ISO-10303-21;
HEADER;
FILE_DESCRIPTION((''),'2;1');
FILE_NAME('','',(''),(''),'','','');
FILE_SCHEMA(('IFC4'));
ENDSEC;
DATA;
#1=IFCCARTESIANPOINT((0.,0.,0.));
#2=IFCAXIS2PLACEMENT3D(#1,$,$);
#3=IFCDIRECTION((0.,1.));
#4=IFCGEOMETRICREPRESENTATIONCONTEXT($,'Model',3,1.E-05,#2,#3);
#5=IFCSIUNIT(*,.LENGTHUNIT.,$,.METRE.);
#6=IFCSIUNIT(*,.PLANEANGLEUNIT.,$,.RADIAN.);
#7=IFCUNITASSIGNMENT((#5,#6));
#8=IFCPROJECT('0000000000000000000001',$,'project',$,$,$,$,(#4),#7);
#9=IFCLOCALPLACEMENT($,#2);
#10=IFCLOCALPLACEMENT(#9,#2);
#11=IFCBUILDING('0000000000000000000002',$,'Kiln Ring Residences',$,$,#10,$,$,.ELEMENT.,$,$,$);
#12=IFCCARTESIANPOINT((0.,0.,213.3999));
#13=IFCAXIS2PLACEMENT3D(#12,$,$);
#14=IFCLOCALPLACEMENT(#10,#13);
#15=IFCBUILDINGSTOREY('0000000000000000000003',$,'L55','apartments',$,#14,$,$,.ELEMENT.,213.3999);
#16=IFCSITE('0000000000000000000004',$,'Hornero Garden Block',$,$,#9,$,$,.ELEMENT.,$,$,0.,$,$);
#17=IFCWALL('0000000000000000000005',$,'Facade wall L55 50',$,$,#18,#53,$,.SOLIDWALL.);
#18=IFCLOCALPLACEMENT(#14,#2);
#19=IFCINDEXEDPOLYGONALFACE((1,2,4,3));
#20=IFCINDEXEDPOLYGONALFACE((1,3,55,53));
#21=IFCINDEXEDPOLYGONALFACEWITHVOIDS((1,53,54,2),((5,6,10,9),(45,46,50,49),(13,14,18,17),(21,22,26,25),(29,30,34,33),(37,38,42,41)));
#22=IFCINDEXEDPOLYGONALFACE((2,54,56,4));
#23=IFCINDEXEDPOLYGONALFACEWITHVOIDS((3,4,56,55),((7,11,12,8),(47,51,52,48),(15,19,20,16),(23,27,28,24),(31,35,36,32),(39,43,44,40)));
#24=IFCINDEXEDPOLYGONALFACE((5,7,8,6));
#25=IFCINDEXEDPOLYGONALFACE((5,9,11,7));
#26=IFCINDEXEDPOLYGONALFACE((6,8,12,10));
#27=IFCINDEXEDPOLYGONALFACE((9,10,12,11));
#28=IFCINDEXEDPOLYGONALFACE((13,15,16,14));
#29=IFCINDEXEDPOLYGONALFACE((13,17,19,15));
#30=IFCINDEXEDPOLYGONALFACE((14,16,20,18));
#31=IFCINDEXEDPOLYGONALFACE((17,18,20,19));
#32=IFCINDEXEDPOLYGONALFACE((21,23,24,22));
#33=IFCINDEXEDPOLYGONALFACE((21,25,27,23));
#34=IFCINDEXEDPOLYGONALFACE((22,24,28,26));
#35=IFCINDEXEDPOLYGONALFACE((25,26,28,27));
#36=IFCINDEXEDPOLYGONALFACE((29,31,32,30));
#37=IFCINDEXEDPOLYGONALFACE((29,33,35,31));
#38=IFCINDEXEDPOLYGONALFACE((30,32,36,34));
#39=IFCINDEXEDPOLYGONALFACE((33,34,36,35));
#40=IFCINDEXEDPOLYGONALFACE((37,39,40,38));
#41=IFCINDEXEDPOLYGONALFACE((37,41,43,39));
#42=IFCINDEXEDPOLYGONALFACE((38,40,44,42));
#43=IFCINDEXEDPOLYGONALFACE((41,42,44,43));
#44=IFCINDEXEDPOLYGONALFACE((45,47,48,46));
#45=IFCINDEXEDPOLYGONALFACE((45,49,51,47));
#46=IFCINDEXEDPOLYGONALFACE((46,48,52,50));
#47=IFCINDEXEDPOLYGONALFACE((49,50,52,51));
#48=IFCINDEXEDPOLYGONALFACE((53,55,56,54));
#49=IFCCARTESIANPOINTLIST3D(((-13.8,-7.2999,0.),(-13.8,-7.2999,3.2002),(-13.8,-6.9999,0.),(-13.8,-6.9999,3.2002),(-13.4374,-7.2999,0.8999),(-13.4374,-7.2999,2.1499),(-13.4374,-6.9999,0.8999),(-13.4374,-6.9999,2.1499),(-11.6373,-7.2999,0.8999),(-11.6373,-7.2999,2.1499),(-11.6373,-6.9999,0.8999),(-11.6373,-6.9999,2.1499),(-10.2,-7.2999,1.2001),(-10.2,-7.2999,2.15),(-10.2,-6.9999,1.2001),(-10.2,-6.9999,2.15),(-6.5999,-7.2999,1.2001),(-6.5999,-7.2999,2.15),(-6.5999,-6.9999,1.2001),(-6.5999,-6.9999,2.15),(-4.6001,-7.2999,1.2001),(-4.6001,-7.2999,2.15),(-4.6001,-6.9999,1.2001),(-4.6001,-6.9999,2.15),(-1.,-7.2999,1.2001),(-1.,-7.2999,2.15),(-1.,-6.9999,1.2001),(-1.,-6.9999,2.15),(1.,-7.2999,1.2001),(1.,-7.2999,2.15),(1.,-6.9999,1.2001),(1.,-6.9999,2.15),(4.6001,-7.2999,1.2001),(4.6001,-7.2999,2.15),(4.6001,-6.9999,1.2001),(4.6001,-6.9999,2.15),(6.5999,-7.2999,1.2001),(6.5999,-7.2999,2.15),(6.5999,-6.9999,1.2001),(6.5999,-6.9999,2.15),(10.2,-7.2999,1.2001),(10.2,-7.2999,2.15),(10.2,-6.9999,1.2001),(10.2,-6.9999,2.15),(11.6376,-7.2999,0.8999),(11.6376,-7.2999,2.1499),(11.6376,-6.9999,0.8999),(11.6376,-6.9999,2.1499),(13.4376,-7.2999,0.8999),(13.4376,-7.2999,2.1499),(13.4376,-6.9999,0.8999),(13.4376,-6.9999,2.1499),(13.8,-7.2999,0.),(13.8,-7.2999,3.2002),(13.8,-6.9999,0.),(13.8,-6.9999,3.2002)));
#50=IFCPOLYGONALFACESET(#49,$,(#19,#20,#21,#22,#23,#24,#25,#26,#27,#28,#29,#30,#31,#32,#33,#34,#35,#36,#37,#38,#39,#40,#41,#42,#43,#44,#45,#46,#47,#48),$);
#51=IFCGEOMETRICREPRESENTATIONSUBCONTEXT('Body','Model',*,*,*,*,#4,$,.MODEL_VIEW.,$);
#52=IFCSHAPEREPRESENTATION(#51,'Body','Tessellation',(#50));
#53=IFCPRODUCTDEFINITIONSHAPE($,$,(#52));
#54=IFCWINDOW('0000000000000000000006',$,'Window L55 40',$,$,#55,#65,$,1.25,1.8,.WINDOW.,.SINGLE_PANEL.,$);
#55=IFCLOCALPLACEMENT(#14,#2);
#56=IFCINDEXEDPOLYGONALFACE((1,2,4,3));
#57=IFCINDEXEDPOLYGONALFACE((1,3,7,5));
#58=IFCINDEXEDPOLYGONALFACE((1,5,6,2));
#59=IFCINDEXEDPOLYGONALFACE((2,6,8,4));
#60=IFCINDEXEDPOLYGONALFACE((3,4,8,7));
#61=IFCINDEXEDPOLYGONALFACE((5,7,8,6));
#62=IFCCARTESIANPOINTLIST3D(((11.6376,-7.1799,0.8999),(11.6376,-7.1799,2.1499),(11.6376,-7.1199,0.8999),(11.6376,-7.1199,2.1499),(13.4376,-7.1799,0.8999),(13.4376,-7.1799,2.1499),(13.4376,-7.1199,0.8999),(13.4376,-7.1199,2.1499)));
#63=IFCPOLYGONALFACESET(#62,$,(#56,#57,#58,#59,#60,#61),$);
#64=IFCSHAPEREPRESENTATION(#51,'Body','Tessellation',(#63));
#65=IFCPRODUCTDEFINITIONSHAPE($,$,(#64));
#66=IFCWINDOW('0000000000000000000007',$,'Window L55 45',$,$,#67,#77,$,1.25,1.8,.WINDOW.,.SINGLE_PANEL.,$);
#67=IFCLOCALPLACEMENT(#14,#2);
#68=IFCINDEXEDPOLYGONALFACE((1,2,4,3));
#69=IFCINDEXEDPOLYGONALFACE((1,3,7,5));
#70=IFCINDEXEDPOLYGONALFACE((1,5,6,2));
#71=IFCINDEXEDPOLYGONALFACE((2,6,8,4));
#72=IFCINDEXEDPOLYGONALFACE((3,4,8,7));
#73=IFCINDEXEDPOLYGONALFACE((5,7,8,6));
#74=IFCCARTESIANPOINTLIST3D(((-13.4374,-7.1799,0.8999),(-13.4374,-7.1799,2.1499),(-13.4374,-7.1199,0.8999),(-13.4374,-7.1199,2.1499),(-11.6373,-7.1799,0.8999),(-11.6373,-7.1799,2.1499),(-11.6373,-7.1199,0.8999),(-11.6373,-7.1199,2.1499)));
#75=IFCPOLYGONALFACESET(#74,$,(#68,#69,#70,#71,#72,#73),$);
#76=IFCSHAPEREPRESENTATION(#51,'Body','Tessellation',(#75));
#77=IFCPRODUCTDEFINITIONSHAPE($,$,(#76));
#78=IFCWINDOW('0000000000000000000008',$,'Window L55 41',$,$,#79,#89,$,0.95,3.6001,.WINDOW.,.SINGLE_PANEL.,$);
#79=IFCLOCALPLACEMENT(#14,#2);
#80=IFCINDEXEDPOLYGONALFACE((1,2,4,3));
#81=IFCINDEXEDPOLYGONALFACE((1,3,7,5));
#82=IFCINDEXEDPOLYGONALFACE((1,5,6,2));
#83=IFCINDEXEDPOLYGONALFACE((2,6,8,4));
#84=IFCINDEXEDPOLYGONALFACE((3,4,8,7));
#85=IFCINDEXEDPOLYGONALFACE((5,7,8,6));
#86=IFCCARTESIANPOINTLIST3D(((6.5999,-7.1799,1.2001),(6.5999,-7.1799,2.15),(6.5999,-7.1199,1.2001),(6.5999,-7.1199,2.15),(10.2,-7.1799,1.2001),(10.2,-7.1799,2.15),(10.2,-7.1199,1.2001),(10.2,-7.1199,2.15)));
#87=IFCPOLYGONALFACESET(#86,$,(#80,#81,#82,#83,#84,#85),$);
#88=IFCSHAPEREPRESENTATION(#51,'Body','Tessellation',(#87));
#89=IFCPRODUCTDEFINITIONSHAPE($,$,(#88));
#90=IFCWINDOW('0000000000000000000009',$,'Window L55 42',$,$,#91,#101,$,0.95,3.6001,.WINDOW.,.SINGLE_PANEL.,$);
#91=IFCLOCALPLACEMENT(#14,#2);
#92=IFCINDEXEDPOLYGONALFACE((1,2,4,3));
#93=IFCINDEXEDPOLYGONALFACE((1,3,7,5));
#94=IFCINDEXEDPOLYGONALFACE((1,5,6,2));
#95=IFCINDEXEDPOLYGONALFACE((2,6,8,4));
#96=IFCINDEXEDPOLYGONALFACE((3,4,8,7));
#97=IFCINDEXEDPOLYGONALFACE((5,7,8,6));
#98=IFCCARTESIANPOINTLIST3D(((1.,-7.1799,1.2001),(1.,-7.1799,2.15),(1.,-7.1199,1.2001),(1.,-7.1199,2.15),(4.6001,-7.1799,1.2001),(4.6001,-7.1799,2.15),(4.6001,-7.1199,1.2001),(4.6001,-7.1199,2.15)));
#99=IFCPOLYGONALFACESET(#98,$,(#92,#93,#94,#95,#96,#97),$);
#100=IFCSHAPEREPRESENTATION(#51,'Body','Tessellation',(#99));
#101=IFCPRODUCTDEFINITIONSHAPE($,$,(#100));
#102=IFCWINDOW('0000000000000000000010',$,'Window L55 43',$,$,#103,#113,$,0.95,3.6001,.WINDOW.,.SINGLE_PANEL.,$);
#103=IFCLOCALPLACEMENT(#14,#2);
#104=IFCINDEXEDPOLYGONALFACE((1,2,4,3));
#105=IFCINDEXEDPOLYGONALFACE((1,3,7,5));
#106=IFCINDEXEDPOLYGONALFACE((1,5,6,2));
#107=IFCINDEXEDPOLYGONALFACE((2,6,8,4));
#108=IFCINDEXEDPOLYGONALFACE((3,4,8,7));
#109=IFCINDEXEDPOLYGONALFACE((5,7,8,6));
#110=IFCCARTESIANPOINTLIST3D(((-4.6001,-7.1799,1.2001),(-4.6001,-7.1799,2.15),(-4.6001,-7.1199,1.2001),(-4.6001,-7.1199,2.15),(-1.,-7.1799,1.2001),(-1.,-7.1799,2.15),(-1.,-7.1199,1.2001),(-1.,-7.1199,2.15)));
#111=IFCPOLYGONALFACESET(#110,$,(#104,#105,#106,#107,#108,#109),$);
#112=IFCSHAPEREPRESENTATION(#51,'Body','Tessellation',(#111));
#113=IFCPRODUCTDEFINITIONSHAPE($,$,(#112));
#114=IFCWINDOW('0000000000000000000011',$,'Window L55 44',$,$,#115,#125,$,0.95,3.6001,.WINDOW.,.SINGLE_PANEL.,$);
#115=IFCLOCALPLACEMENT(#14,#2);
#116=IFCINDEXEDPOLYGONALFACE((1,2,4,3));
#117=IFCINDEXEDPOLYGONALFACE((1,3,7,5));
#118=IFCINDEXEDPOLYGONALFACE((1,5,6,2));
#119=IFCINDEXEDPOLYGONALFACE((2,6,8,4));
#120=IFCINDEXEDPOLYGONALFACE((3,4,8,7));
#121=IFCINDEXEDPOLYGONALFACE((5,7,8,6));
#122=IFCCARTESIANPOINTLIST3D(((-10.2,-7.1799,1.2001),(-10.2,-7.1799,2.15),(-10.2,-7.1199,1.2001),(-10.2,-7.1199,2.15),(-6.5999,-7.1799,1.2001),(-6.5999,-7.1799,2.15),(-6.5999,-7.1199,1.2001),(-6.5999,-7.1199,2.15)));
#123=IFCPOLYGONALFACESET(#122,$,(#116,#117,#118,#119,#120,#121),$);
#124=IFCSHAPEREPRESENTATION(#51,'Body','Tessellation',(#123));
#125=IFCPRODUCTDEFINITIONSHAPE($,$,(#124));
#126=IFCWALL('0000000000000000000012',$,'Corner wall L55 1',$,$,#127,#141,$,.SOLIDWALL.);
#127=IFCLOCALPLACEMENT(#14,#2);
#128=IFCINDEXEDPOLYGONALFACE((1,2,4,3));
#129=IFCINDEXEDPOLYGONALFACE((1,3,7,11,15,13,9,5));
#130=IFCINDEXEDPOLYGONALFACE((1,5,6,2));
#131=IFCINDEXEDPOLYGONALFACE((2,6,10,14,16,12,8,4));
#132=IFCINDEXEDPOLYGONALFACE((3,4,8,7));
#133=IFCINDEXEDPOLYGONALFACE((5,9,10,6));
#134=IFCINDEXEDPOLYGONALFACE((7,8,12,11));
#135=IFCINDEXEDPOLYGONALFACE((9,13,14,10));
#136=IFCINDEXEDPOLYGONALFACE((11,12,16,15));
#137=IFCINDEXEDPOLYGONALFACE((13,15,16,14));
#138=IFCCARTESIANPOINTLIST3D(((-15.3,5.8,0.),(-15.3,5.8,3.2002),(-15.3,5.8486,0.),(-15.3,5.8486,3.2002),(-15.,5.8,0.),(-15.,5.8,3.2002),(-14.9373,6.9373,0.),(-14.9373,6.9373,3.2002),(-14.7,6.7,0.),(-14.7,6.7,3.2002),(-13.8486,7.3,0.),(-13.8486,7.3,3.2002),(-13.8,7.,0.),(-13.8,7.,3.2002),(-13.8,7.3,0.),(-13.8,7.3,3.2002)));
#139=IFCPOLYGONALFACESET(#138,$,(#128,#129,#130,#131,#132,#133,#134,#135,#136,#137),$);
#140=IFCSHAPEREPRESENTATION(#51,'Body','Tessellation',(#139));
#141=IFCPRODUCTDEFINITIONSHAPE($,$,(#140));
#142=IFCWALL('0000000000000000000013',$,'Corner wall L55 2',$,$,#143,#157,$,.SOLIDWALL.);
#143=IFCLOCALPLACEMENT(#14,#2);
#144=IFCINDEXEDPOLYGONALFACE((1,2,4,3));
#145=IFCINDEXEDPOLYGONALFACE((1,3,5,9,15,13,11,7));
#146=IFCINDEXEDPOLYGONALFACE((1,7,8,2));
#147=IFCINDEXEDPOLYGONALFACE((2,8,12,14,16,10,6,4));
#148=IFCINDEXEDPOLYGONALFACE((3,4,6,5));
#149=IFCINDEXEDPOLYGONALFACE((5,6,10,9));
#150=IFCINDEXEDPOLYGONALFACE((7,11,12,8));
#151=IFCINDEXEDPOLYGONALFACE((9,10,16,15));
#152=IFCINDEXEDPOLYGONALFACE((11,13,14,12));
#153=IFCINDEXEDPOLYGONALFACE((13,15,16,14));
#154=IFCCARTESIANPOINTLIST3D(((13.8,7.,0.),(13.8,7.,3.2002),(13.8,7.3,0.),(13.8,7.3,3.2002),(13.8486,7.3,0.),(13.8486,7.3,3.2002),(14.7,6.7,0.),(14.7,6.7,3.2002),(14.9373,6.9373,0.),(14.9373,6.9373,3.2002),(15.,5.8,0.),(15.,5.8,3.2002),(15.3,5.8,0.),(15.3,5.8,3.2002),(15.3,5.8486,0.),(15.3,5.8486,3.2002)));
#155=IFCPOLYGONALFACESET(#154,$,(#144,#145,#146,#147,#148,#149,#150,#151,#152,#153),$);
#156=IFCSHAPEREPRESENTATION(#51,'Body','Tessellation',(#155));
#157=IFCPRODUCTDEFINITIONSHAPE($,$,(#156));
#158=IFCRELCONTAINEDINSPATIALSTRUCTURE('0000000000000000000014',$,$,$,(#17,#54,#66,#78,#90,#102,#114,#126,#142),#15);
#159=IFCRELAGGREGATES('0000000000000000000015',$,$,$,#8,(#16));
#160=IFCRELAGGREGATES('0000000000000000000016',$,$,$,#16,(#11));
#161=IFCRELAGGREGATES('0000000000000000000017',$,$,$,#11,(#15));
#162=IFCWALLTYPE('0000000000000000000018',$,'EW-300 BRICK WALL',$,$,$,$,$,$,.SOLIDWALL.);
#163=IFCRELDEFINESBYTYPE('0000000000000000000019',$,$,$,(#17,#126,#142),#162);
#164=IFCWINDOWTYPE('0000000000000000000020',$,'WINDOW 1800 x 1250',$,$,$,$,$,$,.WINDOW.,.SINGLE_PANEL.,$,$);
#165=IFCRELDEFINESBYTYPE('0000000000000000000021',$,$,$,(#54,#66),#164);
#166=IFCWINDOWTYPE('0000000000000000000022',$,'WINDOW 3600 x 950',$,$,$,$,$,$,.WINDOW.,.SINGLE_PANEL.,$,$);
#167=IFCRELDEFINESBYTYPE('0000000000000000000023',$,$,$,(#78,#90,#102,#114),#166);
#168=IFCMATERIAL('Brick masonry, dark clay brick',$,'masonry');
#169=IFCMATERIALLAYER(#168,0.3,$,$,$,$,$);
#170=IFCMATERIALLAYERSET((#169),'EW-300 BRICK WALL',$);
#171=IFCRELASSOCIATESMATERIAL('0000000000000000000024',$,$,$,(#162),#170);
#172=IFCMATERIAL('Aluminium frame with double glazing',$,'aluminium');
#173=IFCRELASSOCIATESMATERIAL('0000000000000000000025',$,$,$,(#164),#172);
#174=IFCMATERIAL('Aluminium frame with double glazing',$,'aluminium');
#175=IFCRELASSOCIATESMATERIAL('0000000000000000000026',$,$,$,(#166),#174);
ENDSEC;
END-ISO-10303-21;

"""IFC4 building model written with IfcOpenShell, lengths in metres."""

from ifc_helpers import new_model, si_unit, direction, frame, frame_2d, origin, place, context, subcontext, project, spatial, polyline, rectangle, outline, extrude, material, layer, layer_set, type_object, element, fill, save


model = new_model("IFC4")

# Units and contexts
model_context = context("Model", 3, precision=1e-05, world=origin(), true_north=direction((0.0, 1.0)))
body_context = subcontext(model_context, "Body", "Model", "MODEL_VIEW")
ifc_project = project(units=[si_unit("LENGTHUNIT", "METRE"), si_unit("PLANEANGLEUNIT", "RADIAN")], contexts=[model_context])

# Site, building, storey
site_placement = place(None, origin())
site = spatial("IfcSite", under=ifc_project, at=site_placement, Name="Hornero Garden Block", CompositionType="ELEMENT", RefElevation=0.0)
building_placement = place(site_placement, origin())
building = spatial("IfcBuilding", under=site, at=building_placement, Name="Kiln Ring Residences", CompositionType="ELEMENT")
storey_placement = place(building_placement, frame((0.0, 0.0, 213.3999)))
storey = spatial("IfcBuildingStorey", under=building, at=storey_placement, Name="L55", Description="apartments", CompositionType="ELEMENT", Elevation=213.3999)

# Wall, openings, windows
ifc_material_1 = material(Name="Brick masonry, dark clay brick", Category="masonry")
ifc_layer_1 = layer(ifc_material_1, 0.3)
ifc_layer_set_1 = layer_set([ifc_layer_1], Name="EW-300 BRICK WALL")
wall_type_1 = type_object("IfcWallType", Name="EW-300 BRICK WALL", PredefinedType="SOLIDWALL", material=ifc_layer_set_1)
wall_1_placement = place(storey_placement, frame((13.8, -7.1499, 0.0), z_axis=(0.0, 0.0, 1.0), x_axis=(-1.0, 0.0, 0.0)))
wall_1 = element("IfcWall", 1, at=wall_1_placement, inside=storey, type_object=wall_type_1, Name="Facade wall L55 50", PredefinedType="SOLIDWALL", context=body_context, shape_type="SweptSolid", body=[
    extrude(rectangle(XDim=27.6001, YDim=0.3, at=frame_2d((13.8, 0.0))), origin(), (0.0, 0.0, 1.0), 3.2002),
])
opening_1_placement = place(wall_1_placement, frame((0.3625, 0.0, 0.8999)))
opening_1 = element("IfcOpeningElement", 2, at=opening_1_placement, cuts=wall_1, PredefinedType="OPENING", context=body_context, shape_type="SweptSolid", body=[
    extrude(rectangle(XDim=1.8, YDim=1.25, at=frame_2d((0.8999, 0.625))), frame((0.0, 0.1599, 0.0), z_axis=(0.0, -1.0, 0.0), x_axis=(1.0, 0.0, 0.0)), (0.0, 0.0, 1.0), 0.3201),
])
opening_2_placement = place(wall_1_placement, frame((3.6001, 0.0, 1.2)))
opening_2 = element("IfcOpeningElement", 3, at=opening_2_placement, cuts=wall_1, PredefinedType="OPENING", context=body_context, shape_type="SweptSolid", body=[
    extrude(rectangle(XDim=3.6001, YDim=0.95, at=frame_2d((1.8, 0.4751))), frame((0.0, 0.1599, 0.0), z_axis=(0.0, -1.0, 0.0), x_axis=(1.0, 0.0, 0.0)), (0.0, 0.0, 1.0), 0.3201),
])
opening_3_placement = place(wall_1_placement, frame((9.2, 0.0, 1.2)))
opening_3 = element("IfcOpeningElement", 4, at=opening_3_placement, cuts=wall_1, PredefinedType="OPENING", context=body_context, shape_type="SweptSolid", body=[
    extrude(rectangle(XDim=3.6001, YDim=0.95, at=frame_2d((1.8, 0.4751))), frame((0.0, 0.1599, 0.0), z_axis=(0.0, -1.0, 0.0), x_axis=(1.0, 0.0, 0.0)), (0.0, 0.0, 1.0), 0.3201),
])
opening_4_placement = place(wall_1_placement, frame((14.8, 0.0, 1.2)))
opening_4 = element("IfcOpeningElement", 5, at=opening_4_placement, cuts=wall_1, PredefinedType="OPENING", context=body_context, shape_type="SweptSolid", body=[
    extrude(rectangle(XDim=3.6001, YDim=0.95, at=frame_2d((1.8, 0.4751))), frame((0.0, 0.1599, 0.0), z_axis=(0.0, -1.0, 0.0), x_axis=(1.0, 0.0, 0.0)), (0.0, 0.0, 1.0), 0.3201),
])
opening_5_placement = place(wall_1_placement, frame((20.3999, 0.0, 1.2)))
opening_5 = element("IfcOpeningElement", 6, at=opening_5_placement, cuts=wall_1, PredefinedType="OPENING", context=body_context, shape_type="SweptSolid", body=[
    extrude(rectangle(XDim=3.6001, YDim=0.95, at=frame_2d((1.8, 0.4751))), frame((0.0, 0.1599, 0.0), z_axis=(0.0, -1.0, 0.0), x_axis=(1.0, 0.0, 0.0)), (0.0, 0.0, 1.0), 0.3201),
])
opening_6_placement = place(wall_1_placement, frame((25.4375, 0.0, 0.8999)))
opening_6 = element("IfcOpeningElement", 7, at=opening_6_placement, cuts=wall_1, PredefinedType="OPENING", context=body_context, shape_type="SweptSolid", body=[
    extrude(rectangle(XDim=1.8, YDim=1.25, at=frame_2d((0.8999, 0.625))), frame((0.0, 0.1599, 0.0), z_axis=(0.0, -1.0, 0.0), x_axis=(1.0, 0.0, 0.0)), (0.0, 0.0, 1.0), 0.3201),
])
ifc_material_2 = material(Name="Aluminium frame with double glazing", Category="aluminium")
window_type_1 = type_object("IfcWindowType", Name="WINDOW 1800 x 1250", PartitioningType="SINGLE_PANEL", PredefinedType="WINDOW", material=ifc_material_2)
window_1_placement = place(opening_1_placement, origin())
window_1 = element("IfcWindow", 8, at=window_1_placement, inside=storey, type_object=window_type_1, Name="Window L55 40", OverallHeight=1.25, OverallWidth=1.8, PartitioningType="SINGLE_PANEL", PredefinedType="WINDOW", context=body_context, shape_type="SweptSolid", body=[
    extrude(rectangle(XDim=1.8, YDim=1.25, at=frame_2d((0.8999, 0.625))), frame((0.0, 0.03, 0.0), z_axis=(0.0, -1.0, 0.0), x_axis=(1.0, 0.0, 0.0)), (0.0, 0.0, 1.0), 0.0601),
])
fill(opening_1, window_1)
window_2_placement = place(opening_6_placement, origin())
window_2 = element("IfcWindow", 9, at=window_2_placement, inside=storey, type_object=window_type_1, Name="Window L55 45", OverallHeight=1.25, OverallWidth=1.8, PartitioningType="SINGLE_PANEL", PredefinedType="WINDOW", context=body_context, shape_type="SweptSolid", body=[
    extrude(rectangle(XDim=1.8, YDim=1.25, at=frame_2d((0.8999, 0.625))), frame((0.0, 0.03, 0.0), z_axis=(0.0, -1.0, 0.0), x_axis=(1.0, 0.0, 0.0)), (0.0, 0.0, 1.0), 0.0601),
])
fill(opening_6, window_2)
ifc_material_3 = material(Name="Aluminium frame with double glazing", Category="aluminium")
window_type_2 = type_object("IfcWindowType", Name="WINDOW 3600 x 950", PartitioningType="SINGLE_PANEL", PredefinedType="WINDOW", material=ifc_material_3)
window_3_placement = place(opening_2_placement, origin())
window_3 = element("IfcWindow", 10, at=window_3_placement, inside=storey, type_object=window_type_2, Name="Window L55 41", OverallHeight=0.95, OverallWidth=3.6001, PartitioningType="SINGLE_PANEL", PredefinedType="WINDOW", context=body_context, shape_type="SweptSolid", body=[
    extrude(rectangle(XDim=3.6001, YDim=0.95, at=frame_2d((1.8, 0.4751))), frame((0.0, 0.03, 0.0), z_axis=(0.0, -1.0, 0.0), x_axis=(1.0, 0.0, 0.0)), (0.0, 0.0, 1.0), 0.0601),
])
fill(opening_2, window_3)
window_4_placement = place(opening_3_placement, origin())
window_4 = element("IfcWindow", 11, at=window_4_placement, inside=storey, type_object=window_type_2, Name="Window L55 42", OverallHeight=0.95, OverallWidth=3.6001, PartitioningType="SINGLE_PANEL", PredefinedType="WINDOW", context=body_context, shape_type="SweptSolid", body=[
    extrude(rectangle(XDim=3.6001, YDim=0.95, at=frame_2d((1.8, 0.4751))), frame((0.0, 0.03, 0.0), z_axis=(0.0, -1.0, 0.0), x_axis=(1.0, 0.0, 0.0)), (0.0, 0.0, 1.0), 0.0601),
])
fill(opening_3, window_4)
window_5_placement = place(opening_4_placement, origin())
window_5 = element("IfcWindow", 12, at=window_5_placement, inside=storey, type_object=window_type_2, Name="Window L55 43", OverallHeight=0.95, OverallWidth=3.6001, PartitioningType="SINGLE_PANEL", PredefinedType="WINDOW", context=body_context, shape_type="SweptSolid", body=[
    extrude(rectangle(XDim=3.6001, YDim=0.95, at=frame_2d((1.8, 0.4751))), frame((0.0, 0.03, 0.0), z_axis=(0.0, -1.0, 0.0), x_axis=(1.0, 0.0, 0.0)), (0.0, 0.0, 1.0), 0.0601),
])
fill(opening_4, window_5)
window_6_placement = place(opening_5_placement, origin())
window_6 = element("IfcWindow", 13, at=window_6_placement, inside=storey, type_object=window_type_2, Name="Window L55 44", OverallHeight=0.95, OverallWidth=3.6001, PartitioningType="SINGLE_PANEL", PredefinedType="WINDOW", context=body_context, shape_type="SweptSolid", body=[
    extrude(rectangle(XDim=3.6001, YDim=0.95, at=frame_2d((1.8, 0.4751))), frame((0.0, 0.03, 0.0), z_axis=(0.0, -1.0, 0.0), x_axis=(1.0, 0.0, 0.0)), (0.0, 0.0, 1.0), 0.0601),
])
fill(opening_5, window_6)

# Walls
placement = place(storey_placement, origin())
element("IfcWall", 14, at=placement, inside=storey, type_object=wall_type_1, Name="Corner wall L55 1", PredefinedType="SOLIDWALL", context=body_context, shape_type="SweptSolid", body=[
    extrude(outline(polyline([(-13.8486, 7.3), (-14.9373, 6.9373), (-15.3, 5.8486), (-15.3, 5.8), (-15.0, 5.8), (-14.7, 6.7), (-13.8, 7.0), (-13.8, 7.3), (-13.8486, 7.3)])), origin(), (0.0, 0.0, 1.0), 3.2002),
])
element("IfcWall", 15, at=placement, inside=storey, type_object=wall_type_1, Name="Corner wall L55 2", PredefinedType="SOLIDWALL", context=body_context, shape_type="SweptSolid", body=[
    extrude(outline(polyline([(14.9373, 6.9373), (13.8486, 7.3), (13.8, 7.3), (13.8, 7.0), (14.7, 6.7), (15.0, 5.8), (15.3, 5.8), (15.3, 5.8486), (14.9373, 6.9373)])), origin(), (0.0, 0.0, 1.0), 3.2002),
])

save(model, "model.ifc")
